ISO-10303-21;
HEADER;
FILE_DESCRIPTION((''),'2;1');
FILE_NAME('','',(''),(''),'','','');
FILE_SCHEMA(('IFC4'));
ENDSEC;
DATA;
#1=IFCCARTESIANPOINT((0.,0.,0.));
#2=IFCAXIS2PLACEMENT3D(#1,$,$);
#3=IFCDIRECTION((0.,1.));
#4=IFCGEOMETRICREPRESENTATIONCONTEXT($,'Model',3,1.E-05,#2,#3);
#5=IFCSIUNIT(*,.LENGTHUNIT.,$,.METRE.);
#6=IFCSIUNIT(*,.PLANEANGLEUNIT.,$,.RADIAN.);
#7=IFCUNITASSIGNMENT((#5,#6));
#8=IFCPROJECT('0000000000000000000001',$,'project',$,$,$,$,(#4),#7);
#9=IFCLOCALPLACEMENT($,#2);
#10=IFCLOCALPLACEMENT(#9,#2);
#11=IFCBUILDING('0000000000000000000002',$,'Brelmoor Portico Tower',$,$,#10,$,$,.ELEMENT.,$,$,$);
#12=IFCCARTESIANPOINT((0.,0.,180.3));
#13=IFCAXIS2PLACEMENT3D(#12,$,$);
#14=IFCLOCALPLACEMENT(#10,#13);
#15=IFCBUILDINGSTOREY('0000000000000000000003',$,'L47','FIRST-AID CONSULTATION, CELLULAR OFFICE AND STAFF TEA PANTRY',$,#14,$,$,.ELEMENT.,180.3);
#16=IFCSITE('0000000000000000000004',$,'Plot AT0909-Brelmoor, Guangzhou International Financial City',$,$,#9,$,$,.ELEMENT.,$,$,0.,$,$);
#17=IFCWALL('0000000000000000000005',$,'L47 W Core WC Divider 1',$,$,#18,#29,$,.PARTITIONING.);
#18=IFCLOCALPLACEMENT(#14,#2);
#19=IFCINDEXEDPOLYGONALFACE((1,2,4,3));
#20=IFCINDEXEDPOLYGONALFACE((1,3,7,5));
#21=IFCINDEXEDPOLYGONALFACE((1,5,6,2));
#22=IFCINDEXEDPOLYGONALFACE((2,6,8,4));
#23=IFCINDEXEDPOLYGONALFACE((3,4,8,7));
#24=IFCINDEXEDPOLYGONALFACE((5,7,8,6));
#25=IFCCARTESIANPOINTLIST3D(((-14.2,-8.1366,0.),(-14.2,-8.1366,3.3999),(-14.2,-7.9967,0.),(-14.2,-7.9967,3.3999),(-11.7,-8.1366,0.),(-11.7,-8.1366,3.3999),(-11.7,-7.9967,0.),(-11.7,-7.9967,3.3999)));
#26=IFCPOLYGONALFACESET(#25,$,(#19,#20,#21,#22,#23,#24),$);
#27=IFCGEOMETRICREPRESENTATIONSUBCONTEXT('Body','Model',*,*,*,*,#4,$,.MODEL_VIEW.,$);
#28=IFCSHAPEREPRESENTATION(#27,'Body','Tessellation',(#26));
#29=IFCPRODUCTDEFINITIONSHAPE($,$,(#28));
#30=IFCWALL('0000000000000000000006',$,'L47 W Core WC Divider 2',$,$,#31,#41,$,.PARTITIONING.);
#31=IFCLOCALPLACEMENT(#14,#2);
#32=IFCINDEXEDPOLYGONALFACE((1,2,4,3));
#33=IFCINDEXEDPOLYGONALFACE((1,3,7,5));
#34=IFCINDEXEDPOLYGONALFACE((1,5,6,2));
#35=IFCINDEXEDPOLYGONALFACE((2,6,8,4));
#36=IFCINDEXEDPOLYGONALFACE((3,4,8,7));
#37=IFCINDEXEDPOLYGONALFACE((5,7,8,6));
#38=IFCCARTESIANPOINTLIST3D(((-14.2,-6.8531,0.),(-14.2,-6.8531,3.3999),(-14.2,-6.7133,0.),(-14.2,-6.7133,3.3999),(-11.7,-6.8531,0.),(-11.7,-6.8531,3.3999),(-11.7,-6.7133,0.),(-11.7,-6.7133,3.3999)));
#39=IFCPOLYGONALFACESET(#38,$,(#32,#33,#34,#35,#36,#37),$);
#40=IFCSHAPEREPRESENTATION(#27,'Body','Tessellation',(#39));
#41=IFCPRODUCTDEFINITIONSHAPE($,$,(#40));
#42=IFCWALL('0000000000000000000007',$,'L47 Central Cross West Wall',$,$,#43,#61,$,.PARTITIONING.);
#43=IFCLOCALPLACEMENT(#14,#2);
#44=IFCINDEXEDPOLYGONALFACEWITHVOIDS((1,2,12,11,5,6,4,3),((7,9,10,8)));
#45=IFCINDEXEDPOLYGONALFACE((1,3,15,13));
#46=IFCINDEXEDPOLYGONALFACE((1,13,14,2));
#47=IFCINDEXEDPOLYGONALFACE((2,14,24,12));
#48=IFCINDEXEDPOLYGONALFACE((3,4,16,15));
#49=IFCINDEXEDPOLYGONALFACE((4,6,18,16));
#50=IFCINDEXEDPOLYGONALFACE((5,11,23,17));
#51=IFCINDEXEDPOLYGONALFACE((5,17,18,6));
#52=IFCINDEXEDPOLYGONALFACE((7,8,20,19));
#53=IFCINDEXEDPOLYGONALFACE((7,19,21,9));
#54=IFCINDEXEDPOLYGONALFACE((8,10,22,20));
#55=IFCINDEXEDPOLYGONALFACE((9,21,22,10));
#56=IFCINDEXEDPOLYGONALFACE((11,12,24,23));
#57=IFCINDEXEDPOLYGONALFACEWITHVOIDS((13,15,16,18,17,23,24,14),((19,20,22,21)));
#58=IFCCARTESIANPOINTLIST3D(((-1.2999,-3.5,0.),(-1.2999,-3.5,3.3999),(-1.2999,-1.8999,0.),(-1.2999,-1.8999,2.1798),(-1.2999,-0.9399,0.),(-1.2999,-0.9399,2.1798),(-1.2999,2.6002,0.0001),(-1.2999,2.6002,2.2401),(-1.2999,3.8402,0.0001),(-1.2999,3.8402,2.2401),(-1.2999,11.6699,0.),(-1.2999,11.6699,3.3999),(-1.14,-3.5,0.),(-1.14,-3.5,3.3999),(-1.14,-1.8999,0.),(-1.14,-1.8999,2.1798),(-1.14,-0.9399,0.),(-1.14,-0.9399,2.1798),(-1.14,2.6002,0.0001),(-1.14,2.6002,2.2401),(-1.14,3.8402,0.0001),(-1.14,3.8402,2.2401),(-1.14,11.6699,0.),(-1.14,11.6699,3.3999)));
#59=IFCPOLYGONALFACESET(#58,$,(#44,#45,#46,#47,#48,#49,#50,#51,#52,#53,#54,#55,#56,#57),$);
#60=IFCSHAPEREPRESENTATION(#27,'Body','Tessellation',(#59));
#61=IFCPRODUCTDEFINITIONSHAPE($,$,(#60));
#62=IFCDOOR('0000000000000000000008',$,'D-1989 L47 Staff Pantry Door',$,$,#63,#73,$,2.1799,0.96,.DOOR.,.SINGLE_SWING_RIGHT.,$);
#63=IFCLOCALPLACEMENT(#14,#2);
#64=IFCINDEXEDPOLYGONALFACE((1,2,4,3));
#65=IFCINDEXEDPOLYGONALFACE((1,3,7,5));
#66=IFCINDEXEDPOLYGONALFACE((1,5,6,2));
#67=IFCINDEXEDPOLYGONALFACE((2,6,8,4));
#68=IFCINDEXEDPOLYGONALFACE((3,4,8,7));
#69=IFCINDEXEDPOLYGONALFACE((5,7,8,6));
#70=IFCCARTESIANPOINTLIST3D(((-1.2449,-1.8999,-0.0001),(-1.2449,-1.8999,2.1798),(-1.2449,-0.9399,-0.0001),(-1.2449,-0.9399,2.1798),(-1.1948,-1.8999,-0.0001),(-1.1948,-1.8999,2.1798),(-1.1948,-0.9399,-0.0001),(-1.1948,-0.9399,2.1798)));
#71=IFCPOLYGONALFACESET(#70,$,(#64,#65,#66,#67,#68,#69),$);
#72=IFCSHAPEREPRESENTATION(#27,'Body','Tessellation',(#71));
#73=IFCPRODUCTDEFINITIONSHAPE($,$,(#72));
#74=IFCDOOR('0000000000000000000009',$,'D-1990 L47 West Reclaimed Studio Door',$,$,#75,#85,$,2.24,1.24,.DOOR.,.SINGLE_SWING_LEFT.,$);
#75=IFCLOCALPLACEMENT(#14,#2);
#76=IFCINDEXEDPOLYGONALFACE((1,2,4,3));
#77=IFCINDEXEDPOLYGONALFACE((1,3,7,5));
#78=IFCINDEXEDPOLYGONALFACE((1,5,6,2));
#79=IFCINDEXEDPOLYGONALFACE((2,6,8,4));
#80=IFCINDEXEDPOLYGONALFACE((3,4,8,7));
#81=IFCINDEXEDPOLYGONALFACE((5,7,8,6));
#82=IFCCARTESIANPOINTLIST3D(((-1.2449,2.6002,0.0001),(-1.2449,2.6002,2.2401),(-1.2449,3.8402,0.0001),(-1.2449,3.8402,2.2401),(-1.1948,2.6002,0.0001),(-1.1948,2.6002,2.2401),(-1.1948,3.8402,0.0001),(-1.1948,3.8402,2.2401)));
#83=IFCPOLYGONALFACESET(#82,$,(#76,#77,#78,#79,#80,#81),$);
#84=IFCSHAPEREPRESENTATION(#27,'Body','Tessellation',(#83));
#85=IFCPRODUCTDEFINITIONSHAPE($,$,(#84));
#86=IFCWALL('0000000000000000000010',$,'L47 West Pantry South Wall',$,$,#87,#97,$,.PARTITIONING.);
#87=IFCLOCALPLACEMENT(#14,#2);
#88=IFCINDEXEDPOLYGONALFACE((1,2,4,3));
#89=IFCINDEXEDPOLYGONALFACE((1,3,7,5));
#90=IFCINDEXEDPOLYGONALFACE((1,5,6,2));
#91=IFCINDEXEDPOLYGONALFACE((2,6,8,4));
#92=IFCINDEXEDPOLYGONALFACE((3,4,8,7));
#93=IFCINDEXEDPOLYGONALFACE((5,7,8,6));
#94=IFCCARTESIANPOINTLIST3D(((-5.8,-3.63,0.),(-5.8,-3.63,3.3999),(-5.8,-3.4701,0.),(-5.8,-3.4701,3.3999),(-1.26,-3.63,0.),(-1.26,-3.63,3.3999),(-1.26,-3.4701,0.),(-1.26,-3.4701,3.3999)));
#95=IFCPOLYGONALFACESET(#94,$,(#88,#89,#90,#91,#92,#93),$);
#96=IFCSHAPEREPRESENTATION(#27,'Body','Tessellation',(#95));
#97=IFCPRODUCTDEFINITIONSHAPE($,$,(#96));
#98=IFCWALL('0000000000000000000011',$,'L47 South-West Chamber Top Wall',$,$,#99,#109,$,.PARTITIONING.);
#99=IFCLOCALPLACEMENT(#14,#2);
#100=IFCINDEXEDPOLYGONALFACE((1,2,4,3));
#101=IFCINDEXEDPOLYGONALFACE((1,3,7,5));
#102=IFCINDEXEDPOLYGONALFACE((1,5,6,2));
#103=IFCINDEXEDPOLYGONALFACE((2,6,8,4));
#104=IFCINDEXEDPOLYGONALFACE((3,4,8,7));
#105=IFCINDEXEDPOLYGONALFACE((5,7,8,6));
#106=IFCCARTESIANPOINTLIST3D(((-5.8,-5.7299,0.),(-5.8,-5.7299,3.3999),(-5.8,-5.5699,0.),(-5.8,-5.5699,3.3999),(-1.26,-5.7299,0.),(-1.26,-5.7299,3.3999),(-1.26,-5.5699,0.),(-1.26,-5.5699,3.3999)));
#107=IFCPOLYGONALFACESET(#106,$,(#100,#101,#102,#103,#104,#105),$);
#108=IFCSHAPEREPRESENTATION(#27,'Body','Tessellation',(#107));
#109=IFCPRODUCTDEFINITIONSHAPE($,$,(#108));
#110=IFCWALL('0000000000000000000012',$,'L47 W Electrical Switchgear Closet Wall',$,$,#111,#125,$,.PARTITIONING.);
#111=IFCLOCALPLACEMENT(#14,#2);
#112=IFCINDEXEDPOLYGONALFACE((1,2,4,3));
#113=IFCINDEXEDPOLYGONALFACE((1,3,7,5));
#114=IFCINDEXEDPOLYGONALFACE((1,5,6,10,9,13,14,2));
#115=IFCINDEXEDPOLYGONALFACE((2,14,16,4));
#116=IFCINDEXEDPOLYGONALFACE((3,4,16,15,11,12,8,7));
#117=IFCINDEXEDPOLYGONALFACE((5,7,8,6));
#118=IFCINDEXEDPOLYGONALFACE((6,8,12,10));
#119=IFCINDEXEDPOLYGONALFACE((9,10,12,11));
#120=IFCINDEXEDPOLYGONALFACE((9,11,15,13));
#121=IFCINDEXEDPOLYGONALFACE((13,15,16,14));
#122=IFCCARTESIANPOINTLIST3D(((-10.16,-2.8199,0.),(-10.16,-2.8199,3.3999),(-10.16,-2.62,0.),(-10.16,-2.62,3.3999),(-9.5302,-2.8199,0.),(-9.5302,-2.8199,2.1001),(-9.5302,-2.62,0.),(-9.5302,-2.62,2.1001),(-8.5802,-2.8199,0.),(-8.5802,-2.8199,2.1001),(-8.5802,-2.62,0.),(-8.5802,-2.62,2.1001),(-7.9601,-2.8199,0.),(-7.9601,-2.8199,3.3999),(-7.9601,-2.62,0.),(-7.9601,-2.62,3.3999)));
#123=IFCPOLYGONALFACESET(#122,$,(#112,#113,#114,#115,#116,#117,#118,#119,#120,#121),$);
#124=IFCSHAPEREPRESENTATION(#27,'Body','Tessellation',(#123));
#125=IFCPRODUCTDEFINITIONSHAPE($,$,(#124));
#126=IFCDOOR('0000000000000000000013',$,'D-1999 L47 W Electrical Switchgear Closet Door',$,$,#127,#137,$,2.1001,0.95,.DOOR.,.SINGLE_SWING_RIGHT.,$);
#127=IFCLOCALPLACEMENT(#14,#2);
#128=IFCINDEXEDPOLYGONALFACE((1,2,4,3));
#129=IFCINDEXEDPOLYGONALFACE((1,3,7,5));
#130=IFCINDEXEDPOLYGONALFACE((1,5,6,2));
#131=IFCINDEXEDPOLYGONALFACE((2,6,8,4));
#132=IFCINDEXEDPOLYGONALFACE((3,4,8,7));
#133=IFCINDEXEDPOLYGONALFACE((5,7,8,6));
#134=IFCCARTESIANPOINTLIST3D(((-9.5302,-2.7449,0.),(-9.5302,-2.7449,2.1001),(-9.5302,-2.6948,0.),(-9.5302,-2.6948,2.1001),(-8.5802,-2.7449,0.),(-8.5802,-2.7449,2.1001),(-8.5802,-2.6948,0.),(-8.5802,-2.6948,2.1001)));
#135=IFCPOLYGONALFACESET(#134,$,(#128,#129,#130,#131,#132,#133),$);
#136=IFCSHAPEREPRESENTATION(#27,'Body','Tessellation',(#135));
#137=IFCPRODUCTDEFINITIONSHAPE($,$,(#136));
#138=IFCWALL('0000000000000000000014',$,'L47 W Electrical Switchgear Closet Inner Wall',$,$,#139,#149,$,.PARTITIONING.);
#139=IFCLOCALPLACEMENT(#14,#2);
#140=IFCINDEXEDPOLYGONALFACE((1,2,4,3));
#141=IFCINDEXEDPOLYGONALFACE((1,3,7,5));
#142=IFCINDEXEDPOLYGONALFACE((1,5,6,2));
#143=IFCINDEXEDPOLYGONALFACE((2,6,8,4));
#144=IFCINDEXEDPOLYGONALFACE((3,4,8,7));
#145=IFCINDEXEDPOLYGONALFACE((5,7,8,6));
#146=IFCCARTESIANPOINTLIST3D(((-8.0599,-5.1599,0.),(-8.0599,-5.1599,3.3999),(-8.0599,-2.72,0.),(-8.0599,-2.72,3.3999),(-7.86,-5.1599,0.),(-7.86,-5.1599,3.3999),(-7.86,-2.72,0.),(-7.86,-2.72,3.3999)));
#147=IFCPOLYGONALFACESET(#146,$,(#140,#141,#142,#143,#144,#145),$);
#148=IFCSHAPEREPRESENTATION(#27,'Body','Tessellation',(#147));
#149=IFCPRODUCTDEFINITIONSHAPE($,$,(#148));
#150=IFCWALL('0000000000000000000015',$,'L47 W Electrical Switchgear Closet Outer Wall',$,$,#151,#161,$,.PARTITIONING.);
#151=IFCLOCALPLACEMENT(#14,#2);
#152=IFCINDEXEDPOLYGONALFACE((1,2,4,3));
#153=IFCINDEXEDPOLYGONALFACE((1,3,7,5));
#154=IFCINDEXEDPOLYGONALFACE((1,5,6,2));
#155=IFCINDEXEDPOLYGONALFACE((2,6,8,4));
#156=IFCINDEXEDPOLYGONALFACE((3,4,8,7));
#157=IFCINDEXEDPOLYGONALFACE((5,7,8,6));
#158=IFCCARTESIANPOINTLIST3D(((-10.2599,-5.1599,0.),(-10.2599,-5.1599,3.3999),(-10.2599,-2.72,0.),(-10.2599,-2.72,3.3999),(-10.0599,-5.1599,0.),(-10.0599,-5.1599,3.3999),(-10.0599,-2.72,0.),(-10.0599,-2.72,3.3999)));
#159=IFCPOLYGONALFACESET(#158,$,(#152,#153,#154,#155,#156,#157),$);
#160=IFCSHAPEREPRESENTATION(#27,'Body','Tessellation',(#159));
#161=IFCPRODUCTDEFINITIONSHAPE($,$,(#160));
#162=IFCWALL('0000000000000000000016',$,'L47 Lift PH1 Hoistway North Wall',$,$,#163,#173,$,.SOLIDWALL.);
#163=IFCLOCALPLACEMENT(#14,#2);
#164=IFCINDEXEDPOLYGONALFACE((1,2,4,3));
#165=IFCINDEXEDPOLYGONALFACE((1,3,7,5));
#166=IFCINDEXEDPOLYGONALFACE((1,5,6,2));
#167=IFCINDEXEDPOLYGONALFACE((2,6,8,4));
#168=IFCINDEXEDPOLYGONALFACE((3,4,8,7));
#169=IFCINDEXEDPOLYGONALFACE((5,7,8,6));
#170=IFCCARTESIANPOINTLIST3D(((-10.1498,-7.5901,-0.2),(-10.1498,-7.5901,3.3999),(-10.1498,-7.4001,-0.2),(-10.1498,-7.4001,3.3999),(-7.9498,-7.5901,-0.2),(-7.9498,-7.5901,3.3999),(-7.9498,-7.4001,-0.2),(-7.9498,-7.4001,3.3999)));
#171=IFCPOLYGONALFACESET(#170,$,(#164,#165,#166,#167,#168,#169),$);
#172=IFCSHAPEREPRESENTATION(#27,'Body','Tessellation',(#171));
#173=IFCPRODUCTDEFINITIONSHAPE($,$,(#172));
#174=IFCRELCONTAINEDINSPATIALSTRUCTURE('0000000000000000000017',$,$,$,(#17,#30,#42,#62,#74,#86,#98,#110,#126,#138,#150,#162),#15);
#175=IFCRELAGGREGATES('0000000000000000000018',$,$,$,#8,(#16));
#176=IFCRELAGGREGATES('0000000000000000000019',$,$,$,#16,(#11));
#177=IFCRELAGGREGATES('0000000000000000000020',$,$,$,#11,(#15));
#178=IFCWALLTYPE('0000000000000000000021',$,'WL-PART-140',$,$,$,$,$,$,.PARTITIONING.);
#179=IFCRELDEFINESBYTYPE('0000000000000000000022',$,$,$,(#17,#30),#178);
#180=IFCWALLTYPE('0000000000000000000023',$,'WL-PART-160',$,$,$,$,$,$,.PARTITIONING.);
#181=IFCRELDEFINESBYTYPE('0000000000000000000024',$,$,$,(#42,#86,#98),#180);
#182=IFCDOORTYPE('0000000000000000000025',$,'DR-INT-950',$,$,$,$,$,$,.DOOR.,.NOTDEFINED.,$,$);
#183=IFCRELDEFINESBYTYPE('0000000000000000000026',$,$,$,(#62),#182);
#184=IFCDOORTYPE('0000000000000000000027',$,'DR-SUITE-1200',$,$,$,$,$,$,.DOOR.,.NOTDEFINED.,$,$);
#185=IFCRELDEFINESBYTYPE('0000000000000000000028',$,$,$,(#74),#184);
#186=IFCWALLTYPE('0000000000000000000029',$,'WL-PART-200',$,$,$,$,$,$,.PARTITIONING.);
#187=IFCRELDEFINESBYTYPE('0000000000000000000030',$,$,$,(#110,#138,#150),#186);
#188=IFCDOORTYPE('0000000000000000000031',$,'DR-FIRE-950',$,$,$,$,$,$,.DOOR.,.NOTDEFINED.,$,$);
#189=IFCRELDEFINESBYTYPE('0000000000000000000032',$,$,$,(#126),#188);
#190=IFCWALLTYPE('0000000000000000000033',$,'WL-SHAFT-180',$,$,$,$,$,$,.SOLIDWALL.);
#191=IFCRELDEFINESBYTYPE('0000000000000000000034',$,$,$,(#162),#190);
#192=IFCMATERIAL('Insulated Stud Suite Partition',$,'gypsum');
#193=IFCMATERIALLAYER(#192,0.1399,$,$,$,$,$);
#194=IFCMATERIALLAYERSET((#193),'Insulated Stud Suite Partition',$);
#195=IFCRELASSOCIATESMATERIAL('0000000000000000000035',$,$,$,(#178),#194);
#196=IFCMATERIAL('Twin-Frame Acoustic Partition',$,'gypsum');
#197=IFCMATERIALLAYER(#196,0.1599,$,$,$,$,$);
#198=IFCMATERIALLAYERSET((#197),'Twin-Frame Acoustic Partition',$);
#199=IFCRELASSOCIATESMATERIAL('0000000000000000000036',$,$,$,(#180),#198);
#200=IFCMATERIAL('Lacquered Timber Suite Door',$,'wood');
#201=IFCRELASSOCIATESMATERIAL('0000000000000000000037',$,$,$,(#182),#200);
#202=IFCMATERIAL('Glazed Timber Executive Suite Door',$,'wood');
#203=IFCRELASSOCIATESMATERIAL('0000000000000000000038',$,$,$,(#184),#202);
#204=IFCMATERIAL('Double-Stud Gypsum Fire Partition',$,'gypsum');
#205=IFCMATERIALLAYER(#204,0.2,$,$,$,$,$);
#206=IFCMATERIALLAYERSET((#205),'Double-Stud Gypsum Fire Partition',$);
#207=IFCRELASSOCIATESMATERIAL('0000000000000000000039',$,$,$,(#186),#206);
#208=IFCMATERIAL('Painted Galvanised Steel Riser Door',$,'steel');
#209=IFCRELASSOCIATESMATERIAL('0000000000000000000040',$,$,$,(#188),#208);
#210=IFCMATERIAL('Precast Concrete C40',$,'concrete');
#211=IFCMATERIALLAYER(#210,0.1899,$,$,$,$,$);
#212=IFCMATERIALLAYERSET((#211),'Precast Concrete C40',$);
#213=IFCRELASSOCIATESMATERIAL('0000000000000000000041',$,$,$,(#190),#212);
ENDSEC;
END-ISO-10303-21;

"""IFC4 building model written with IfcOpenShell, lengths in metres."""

from ifc_helpers import new_model, si_unit, direction, frame, frame_2d, origin, place, context, subcontext, project, spatial, rectangle, extrude, material, layer, layer_set, type_object, element, fill, save


model = new_model("IFC4")

# Units and contexts
model_context = context("Model", 3, precision=1e-05, world=origin(), true_north=direction((0.0, 1.0)))
body_context = subcontext(model_context, "Body", "Model", "MODEL_VIEW")
ifc_project = project(units=[si_unit("LENGTHUNIT", "METRE"), si_unit("PLANEANGLEUNIT", "RADIAN")], contexts=[model_context])

# Site, building, storey
site_placement = place(None, origin())
site = spatial("IfcSite", under=ifc_project, at=site_placement, Name="Plot AT0909-Brelmoor, Guangzhou International Financial City", CompositionType="ELEMENT", RefElevation=0.0)
building_placement = place(site_placement, origin())
building = spatial("IfcBuilding", under=site, at=building_placement, Name="Brelmoor Portico Tower", CompositionType="ELEMENT")
storey_placement = place(building_placement, frame((0.0, 0.0, 180.3)))
storey = spatial("IfcBuildingStorey", under=building, at=storey_placement, Name="L47", Description="FIRST-AID CONSULTATION, CELLULAR OFFICE AND STAFF TEA PANTRY", CompositionType="ELEMENT", Elevation=180.3)

# Walls
ifc_material_1 = material(Name="Insulated Stud Suite Partition", Category="gypsum")
ifc_layer_1 = layer(ifc_material_1, 0.1399)
ifc_layer_set_1 = layer_set([ifc_layer_1], Name="Insulated Stud Suite Partition")
wall_type_1 = type_object("IfcWallType", Name="WL-PART-140", PredefinedType="PARTITIONING", material=ifc_layer_set_1)
for number, where, z_axis, x_axis, name in (
    (1, (-11.7, -8.0667, 0.0), (0.0, 0.0, 1.0), (-1.0, 0.0, 0.0), "L47 W Core WC Divider 1"),
    (2, (-11.7, -6.7832, 0.0), (0.0, 0.0, 1.0), (-1.0, 0.0, 0.0), "L47 W Core WC Divider 2"),
):
    element("IfcWall", number, at=place(storey_placement, frame(where, z_axis=z_axis, x_axis=x_axis)), inside=storey, type_object=wall_type_1, Name=name, PredefinedType="PARTITIONING", context=body_context, shape_type="SweptSolid", body=[
        extrude(rectangle(XDim=2.5, YDim=0.1399, at=frame_2d((1.25, 0.0))), origin(), (0.0, 0.0, 1.0), 3.3999),
    ])

# Wall, openings, doors
ifc_material_2 = material(Name="Twin-Frame Acoustic Partition", Category="gypsum")
ifc_layer_2 = layer(ifc_material_2, 0.1599)
ifc_layer_set_2 = layer_set([ifc_layer_2], Name="Twin-Frame Acoustic Partition")
wall_type_2 = type_object("IfcWallType", Name="WL-PART-160", PredefinedType="PARTITIONING", material=ifc_layer_set_2)
wall_1_placement = place(storey_placement, frame((-1.22, -3.5, 0.0), z_axis=(0.0, 0.0, 1.0), x_axis=(0.0, 1.0, 0.0)))
wall_1 = element("IfcWall", 3, at=wall_1_placement, inside=storey, type_object=wall_type_2, Name="L47 Central Cross West Wall", PredefinedType="PARTITIONING", context=body_context, shape_type="SweptSolid", body=[
    extrude(rectangle(XDim=15.1699, YDim=0.1599, at=frame_2d((7.585, 0.0))), origin(), (0.0, 0.0, 1.0), 3.3999),
])
opening_1_placement = place(wall_1_placement, frame((6.1001, 0.0, 0.0)))
opening_1 = element("IfcOpeningElement", 4, at=opening_1_placement, cuts=wall_1, PredefinedType="OPENING", context=body_context, shape_type="SweptSolid", body=[
    extrude(rectangle(XDim=1.24, YDim=2.24, at=frame_2d((0.6201, 1.1201))), frame((0.0, 0.0898, 0.0), z_axis=(0.0, -1.0, 0.0), x_axis=(1.0, 0.0, 0.0)), (0.0, 0.0, 1.0), 0.1799),
])
opening_2_placement = place(wall_1_placement, frame((1.6001, 0.0, 0.0)))
opening_2 = element("IfcOpeningElement", 5, at=opening_2_placement, cuts=wall_1, PredefinedType="OPENING", context=body_context, shape_type="SweptSolid", body=[
    extrude(rectangle(XDim=0.96, YDim=2.1799, at=frame_2d((0.48, 1.0898))), frame((0.0, 0.0898, 0.0), z_axis=(0.0, -1.0, 0.0), x_axis=(1.0, 0.0, 0.0)), (0.0, 0.0, 1.0), 0.1799),
])
ifc_material_3 = material(Name="Lacquered Timber Suite Door", Category="wood")
door_type_1 = type_object("IfcDoorType", Name="DR-INT-950", OperationType="NOTDEFINED", PredefinedType="DOOR", material=ifc_material_3)
door_1_placement = place(opening_2_placement, origin())
door_1 = element("IfcDoor", 6, at=door_1_placement, inside=storey, type_object=door_type_1, Name="D-1989 L47 Staff Pantry Door", OperationType="SINGLE_SWING_RIGHT", OverallHeight=2.1799, OverallWidth=0.96, PredefinedType="DOOR", context=body_context, shape_type="SweptSolid", body=[
    extrude(rectangle(XDim=0.96, YDim=2.1799, at=frame_2d((0.48, 1.0898))), frame((0.0, 0.0249, 0.0), z_axis=(0.0, -1.0, 0.0), x_axis=(1.0, 0.0, 0.0)), (0.0, 0.0, 1.0), 0.05),
])
fill(opening_2, door_1)
ifc_material_4 = material(Name="Glazed Timber Executive Suite Door", Category="wood")
door_type_2 = type_object("IfcDoorType", Name="DR-SUITE-1200", OperationType="NOTDEFINED", PredefinedType="DOOR", material=ifc_material_4)
door_2_placement = place(opening_1_placement, origin())
door_2 = element("IfcDoor", 7, at=door_2_placement, inside=storey, type_object=door_type_2, Name="D-1990 L47 West Reclaimed Studio Door", OperationType="SINGLE_SWING_LEFT", OverallHeight=2.24, OverallWidth=1.24, PredefinedType="DOOR", context=body_context, shape_type="SweptSolid", body=[
    extrude(rectangle(XDim=1.24, YDim=2.24, at=frame_2d((0.6201, 1.1201))), frame((0.0, 0.0249, 0.0), z_axis=(0.0, -1.0, 0.0), x_axis=(1.0, 0.0, 0.0)), (0.0, 0.0, 1.0), 0.05),
])
fill(opening_1, door_2)

# Walls
for number, where, z_axis, x_axis, name in (
    (8, (-5.8, -3.55, 0.0), (0.0, 0.0, 1.0), (1.0, 0.0, 0.0), "L47 West Pantry South Wall"),
    (9, (-5.8, -5.6499, 0.0), (0.0, 0.0, 1.0), (1.0, 0.0, 0.0), "L47 South-West Chamber Top Wall"),
):
    element("IfcWall", number, at=place(storey_placement, frame(where, z_axis=z_axis, x_axis=x_axis)), inside=storey, type_object=wall_type_2, Name=name, PredefinedType="PARTITIONING", context=body_context, shape_type="SweptSolid", body=[
        extrude(rectangle(XDim=4.54, YDim=0.1599, at=frame_2d((2.27, 0.0))), origin(), (0.0, 0.0, 1.0), 3.3999),
    ])

# Wall, opening, door
ifc_material_5 = material(Name="Double-Stud Gypsum Fire Partition", Category="gypsum")
ifc_layer_3 = layer(ifc_material_5, 0.2)
ifc_layer_set_3 = layer_set([ifc_layer_3], Name="Double-Stud Gypsum Fire Partition")
wall_type_3 = type_object("IfcWallType", Name="WL-PART-200", PredefinedType="PARTITIONING", material=ifc_layer_set_3)
wall_2_placement = place(storey_placement, frame((-7.96, -2.72, 0.0), z_axis=(0.0, 0.0, 1.0), x_axis=(-1.0, 0.0, 0.0)))
wall_2 = element("IfcWall", 10, at=wall_2_placement, inside=storey, type_object=wall_type_3, Name="L47 W Electrical Switchgear Closet Wall", PredefinedType="PARTITIONING", context=body_context, shape_type="SweptSolid", body=[
    extrude(rectangle(XDim=2.2, YDim=0.2, at=frame_2d((1.1001, 0.0))), origin(), (0.0, 0.0, 1.0), 3.3999),
])
opening_3_placement = place(wall_2_placement, frame((0.6201, 0.0, 0.0)))
opening_3 = element("IfcOpeningElement", 11, at=opening_3_placement, cuts=wall_2, PredefinedType="OPENING", context=body_context, shape_type="SweptSolid", body=[
    extrude(rectangle(XDim=0.95, YDim=2.1001, at=frame_2d((0.4751, 1.05))), frame((0.0, 0.1099, 0.0), z_axis=(0.0, -1.0, 0.0), x_axis=(1.0, 0.0, 0.0)), (0.0, 0.0, 1.0), 0.22),
])
ifc_material_6 = material(Name="Painted Galvanised Steel Riser Door", Category="steel")
door_type_3 = type_object("IfcDoorType", Name="DR-FIRE-950", OperationType="NOTDEFINED", PredefinedType="DOOR", material=ifc_material_6)
door_3_placement = place(opening_3_placement, origin())
door_3 = element("IfcDoor", 12, at=door_3_placement, inside=storey, type_object=door_type_3, Name="D-1999 L47 W Electrical Switchgear Closet Door", OperationType="SINGLE_SWING_RIGHT", OverallHeight=2.1001, OverallWidth=0.95, PredefinedType="DOOR", context=body_context, shape_type="SweptSolid", body=[
    extrude(rectangle(XDim=0.95, YDim=2.1001, at=frame_2d((0.4751, 1.05))), frame((0.0, 0.0249, 0.0), z_axis=(0.0, -1.0, 0.0), x_axis=(1.0, 0.0, 0.0)), (0.0, 0.0, 1.0), 0.05),
])
fill(opening_3, door_3)

# Walls
for number, where, z_axis, x_axis, name in (
    (13, (-7.96, -5.1599, 0.0), (0.0, 0.0, 1.0), (0.0, 1.0, 0.0), "L47 W Electrical Switchgear Closet Inner Wall"),
    (14, (-10.1599, -5.1599, 0.0), (0.0, 0.0, 1.0), (0.0, 1.0, 0.0), "L47 W Electrical Switchgear Closet Outer Wall"),
):
    element("IfcWall", number, at=place(storey_placement, frame(where, z_axis=z_axis, x_axis=x_axis)), inside=storey, type_object=wall_type_3, Name=name, PredefinedType="PARTITIONING", context=body_context, shape_type="SweptSolid", body=[
        extrude(rectangle(XDim=2.4399, YDim=0.2, at=frame_2d((1.22, 0.0))), origin(), (0.0, 0.0, 1.0), 3.3999),
    ])
ifc_material_7 = material(Name="Precast Concrete C40", Category="concrete")
ifc_layer_4 = layer(ifc_material_7, 0.1899)
ifc_layer_set_4 = layer_set([ifc_layer_4], Name="Precast Concrete C40")
wall_type_4 = type_object("IfcWallType", Name="WL-SHAFT-180", PredefinedType="SOLIDWALL", material=ifc_layer_set_4)
for number, where, z_axis, x_axis, name in (
    (15, (-10.1499, -7.4951, -0.2), (0.0, 0.0, 1.0), (1.0, 0.0, 0.0), "L47 Lift PH1 Hoistway North Wall"),
):
    element("IfcWall", number, at=place(storey_placement, frame(where, z_axis=z_axis, x_axis=x_axis)), inside=storey, type_object=wall_type_4, Name=name, PredefinedType="SOLIDWALL", context=body_context, shape_type="SweptSolid", body=[
        extrude(rectangle(XDim=2.2, YDim=0.1899, at=frame_2d((1.1001, 0.0))), origin(), (0.0, 0.0, 1.0), 3.5999),
    ])

save(model, "model.ifc")
